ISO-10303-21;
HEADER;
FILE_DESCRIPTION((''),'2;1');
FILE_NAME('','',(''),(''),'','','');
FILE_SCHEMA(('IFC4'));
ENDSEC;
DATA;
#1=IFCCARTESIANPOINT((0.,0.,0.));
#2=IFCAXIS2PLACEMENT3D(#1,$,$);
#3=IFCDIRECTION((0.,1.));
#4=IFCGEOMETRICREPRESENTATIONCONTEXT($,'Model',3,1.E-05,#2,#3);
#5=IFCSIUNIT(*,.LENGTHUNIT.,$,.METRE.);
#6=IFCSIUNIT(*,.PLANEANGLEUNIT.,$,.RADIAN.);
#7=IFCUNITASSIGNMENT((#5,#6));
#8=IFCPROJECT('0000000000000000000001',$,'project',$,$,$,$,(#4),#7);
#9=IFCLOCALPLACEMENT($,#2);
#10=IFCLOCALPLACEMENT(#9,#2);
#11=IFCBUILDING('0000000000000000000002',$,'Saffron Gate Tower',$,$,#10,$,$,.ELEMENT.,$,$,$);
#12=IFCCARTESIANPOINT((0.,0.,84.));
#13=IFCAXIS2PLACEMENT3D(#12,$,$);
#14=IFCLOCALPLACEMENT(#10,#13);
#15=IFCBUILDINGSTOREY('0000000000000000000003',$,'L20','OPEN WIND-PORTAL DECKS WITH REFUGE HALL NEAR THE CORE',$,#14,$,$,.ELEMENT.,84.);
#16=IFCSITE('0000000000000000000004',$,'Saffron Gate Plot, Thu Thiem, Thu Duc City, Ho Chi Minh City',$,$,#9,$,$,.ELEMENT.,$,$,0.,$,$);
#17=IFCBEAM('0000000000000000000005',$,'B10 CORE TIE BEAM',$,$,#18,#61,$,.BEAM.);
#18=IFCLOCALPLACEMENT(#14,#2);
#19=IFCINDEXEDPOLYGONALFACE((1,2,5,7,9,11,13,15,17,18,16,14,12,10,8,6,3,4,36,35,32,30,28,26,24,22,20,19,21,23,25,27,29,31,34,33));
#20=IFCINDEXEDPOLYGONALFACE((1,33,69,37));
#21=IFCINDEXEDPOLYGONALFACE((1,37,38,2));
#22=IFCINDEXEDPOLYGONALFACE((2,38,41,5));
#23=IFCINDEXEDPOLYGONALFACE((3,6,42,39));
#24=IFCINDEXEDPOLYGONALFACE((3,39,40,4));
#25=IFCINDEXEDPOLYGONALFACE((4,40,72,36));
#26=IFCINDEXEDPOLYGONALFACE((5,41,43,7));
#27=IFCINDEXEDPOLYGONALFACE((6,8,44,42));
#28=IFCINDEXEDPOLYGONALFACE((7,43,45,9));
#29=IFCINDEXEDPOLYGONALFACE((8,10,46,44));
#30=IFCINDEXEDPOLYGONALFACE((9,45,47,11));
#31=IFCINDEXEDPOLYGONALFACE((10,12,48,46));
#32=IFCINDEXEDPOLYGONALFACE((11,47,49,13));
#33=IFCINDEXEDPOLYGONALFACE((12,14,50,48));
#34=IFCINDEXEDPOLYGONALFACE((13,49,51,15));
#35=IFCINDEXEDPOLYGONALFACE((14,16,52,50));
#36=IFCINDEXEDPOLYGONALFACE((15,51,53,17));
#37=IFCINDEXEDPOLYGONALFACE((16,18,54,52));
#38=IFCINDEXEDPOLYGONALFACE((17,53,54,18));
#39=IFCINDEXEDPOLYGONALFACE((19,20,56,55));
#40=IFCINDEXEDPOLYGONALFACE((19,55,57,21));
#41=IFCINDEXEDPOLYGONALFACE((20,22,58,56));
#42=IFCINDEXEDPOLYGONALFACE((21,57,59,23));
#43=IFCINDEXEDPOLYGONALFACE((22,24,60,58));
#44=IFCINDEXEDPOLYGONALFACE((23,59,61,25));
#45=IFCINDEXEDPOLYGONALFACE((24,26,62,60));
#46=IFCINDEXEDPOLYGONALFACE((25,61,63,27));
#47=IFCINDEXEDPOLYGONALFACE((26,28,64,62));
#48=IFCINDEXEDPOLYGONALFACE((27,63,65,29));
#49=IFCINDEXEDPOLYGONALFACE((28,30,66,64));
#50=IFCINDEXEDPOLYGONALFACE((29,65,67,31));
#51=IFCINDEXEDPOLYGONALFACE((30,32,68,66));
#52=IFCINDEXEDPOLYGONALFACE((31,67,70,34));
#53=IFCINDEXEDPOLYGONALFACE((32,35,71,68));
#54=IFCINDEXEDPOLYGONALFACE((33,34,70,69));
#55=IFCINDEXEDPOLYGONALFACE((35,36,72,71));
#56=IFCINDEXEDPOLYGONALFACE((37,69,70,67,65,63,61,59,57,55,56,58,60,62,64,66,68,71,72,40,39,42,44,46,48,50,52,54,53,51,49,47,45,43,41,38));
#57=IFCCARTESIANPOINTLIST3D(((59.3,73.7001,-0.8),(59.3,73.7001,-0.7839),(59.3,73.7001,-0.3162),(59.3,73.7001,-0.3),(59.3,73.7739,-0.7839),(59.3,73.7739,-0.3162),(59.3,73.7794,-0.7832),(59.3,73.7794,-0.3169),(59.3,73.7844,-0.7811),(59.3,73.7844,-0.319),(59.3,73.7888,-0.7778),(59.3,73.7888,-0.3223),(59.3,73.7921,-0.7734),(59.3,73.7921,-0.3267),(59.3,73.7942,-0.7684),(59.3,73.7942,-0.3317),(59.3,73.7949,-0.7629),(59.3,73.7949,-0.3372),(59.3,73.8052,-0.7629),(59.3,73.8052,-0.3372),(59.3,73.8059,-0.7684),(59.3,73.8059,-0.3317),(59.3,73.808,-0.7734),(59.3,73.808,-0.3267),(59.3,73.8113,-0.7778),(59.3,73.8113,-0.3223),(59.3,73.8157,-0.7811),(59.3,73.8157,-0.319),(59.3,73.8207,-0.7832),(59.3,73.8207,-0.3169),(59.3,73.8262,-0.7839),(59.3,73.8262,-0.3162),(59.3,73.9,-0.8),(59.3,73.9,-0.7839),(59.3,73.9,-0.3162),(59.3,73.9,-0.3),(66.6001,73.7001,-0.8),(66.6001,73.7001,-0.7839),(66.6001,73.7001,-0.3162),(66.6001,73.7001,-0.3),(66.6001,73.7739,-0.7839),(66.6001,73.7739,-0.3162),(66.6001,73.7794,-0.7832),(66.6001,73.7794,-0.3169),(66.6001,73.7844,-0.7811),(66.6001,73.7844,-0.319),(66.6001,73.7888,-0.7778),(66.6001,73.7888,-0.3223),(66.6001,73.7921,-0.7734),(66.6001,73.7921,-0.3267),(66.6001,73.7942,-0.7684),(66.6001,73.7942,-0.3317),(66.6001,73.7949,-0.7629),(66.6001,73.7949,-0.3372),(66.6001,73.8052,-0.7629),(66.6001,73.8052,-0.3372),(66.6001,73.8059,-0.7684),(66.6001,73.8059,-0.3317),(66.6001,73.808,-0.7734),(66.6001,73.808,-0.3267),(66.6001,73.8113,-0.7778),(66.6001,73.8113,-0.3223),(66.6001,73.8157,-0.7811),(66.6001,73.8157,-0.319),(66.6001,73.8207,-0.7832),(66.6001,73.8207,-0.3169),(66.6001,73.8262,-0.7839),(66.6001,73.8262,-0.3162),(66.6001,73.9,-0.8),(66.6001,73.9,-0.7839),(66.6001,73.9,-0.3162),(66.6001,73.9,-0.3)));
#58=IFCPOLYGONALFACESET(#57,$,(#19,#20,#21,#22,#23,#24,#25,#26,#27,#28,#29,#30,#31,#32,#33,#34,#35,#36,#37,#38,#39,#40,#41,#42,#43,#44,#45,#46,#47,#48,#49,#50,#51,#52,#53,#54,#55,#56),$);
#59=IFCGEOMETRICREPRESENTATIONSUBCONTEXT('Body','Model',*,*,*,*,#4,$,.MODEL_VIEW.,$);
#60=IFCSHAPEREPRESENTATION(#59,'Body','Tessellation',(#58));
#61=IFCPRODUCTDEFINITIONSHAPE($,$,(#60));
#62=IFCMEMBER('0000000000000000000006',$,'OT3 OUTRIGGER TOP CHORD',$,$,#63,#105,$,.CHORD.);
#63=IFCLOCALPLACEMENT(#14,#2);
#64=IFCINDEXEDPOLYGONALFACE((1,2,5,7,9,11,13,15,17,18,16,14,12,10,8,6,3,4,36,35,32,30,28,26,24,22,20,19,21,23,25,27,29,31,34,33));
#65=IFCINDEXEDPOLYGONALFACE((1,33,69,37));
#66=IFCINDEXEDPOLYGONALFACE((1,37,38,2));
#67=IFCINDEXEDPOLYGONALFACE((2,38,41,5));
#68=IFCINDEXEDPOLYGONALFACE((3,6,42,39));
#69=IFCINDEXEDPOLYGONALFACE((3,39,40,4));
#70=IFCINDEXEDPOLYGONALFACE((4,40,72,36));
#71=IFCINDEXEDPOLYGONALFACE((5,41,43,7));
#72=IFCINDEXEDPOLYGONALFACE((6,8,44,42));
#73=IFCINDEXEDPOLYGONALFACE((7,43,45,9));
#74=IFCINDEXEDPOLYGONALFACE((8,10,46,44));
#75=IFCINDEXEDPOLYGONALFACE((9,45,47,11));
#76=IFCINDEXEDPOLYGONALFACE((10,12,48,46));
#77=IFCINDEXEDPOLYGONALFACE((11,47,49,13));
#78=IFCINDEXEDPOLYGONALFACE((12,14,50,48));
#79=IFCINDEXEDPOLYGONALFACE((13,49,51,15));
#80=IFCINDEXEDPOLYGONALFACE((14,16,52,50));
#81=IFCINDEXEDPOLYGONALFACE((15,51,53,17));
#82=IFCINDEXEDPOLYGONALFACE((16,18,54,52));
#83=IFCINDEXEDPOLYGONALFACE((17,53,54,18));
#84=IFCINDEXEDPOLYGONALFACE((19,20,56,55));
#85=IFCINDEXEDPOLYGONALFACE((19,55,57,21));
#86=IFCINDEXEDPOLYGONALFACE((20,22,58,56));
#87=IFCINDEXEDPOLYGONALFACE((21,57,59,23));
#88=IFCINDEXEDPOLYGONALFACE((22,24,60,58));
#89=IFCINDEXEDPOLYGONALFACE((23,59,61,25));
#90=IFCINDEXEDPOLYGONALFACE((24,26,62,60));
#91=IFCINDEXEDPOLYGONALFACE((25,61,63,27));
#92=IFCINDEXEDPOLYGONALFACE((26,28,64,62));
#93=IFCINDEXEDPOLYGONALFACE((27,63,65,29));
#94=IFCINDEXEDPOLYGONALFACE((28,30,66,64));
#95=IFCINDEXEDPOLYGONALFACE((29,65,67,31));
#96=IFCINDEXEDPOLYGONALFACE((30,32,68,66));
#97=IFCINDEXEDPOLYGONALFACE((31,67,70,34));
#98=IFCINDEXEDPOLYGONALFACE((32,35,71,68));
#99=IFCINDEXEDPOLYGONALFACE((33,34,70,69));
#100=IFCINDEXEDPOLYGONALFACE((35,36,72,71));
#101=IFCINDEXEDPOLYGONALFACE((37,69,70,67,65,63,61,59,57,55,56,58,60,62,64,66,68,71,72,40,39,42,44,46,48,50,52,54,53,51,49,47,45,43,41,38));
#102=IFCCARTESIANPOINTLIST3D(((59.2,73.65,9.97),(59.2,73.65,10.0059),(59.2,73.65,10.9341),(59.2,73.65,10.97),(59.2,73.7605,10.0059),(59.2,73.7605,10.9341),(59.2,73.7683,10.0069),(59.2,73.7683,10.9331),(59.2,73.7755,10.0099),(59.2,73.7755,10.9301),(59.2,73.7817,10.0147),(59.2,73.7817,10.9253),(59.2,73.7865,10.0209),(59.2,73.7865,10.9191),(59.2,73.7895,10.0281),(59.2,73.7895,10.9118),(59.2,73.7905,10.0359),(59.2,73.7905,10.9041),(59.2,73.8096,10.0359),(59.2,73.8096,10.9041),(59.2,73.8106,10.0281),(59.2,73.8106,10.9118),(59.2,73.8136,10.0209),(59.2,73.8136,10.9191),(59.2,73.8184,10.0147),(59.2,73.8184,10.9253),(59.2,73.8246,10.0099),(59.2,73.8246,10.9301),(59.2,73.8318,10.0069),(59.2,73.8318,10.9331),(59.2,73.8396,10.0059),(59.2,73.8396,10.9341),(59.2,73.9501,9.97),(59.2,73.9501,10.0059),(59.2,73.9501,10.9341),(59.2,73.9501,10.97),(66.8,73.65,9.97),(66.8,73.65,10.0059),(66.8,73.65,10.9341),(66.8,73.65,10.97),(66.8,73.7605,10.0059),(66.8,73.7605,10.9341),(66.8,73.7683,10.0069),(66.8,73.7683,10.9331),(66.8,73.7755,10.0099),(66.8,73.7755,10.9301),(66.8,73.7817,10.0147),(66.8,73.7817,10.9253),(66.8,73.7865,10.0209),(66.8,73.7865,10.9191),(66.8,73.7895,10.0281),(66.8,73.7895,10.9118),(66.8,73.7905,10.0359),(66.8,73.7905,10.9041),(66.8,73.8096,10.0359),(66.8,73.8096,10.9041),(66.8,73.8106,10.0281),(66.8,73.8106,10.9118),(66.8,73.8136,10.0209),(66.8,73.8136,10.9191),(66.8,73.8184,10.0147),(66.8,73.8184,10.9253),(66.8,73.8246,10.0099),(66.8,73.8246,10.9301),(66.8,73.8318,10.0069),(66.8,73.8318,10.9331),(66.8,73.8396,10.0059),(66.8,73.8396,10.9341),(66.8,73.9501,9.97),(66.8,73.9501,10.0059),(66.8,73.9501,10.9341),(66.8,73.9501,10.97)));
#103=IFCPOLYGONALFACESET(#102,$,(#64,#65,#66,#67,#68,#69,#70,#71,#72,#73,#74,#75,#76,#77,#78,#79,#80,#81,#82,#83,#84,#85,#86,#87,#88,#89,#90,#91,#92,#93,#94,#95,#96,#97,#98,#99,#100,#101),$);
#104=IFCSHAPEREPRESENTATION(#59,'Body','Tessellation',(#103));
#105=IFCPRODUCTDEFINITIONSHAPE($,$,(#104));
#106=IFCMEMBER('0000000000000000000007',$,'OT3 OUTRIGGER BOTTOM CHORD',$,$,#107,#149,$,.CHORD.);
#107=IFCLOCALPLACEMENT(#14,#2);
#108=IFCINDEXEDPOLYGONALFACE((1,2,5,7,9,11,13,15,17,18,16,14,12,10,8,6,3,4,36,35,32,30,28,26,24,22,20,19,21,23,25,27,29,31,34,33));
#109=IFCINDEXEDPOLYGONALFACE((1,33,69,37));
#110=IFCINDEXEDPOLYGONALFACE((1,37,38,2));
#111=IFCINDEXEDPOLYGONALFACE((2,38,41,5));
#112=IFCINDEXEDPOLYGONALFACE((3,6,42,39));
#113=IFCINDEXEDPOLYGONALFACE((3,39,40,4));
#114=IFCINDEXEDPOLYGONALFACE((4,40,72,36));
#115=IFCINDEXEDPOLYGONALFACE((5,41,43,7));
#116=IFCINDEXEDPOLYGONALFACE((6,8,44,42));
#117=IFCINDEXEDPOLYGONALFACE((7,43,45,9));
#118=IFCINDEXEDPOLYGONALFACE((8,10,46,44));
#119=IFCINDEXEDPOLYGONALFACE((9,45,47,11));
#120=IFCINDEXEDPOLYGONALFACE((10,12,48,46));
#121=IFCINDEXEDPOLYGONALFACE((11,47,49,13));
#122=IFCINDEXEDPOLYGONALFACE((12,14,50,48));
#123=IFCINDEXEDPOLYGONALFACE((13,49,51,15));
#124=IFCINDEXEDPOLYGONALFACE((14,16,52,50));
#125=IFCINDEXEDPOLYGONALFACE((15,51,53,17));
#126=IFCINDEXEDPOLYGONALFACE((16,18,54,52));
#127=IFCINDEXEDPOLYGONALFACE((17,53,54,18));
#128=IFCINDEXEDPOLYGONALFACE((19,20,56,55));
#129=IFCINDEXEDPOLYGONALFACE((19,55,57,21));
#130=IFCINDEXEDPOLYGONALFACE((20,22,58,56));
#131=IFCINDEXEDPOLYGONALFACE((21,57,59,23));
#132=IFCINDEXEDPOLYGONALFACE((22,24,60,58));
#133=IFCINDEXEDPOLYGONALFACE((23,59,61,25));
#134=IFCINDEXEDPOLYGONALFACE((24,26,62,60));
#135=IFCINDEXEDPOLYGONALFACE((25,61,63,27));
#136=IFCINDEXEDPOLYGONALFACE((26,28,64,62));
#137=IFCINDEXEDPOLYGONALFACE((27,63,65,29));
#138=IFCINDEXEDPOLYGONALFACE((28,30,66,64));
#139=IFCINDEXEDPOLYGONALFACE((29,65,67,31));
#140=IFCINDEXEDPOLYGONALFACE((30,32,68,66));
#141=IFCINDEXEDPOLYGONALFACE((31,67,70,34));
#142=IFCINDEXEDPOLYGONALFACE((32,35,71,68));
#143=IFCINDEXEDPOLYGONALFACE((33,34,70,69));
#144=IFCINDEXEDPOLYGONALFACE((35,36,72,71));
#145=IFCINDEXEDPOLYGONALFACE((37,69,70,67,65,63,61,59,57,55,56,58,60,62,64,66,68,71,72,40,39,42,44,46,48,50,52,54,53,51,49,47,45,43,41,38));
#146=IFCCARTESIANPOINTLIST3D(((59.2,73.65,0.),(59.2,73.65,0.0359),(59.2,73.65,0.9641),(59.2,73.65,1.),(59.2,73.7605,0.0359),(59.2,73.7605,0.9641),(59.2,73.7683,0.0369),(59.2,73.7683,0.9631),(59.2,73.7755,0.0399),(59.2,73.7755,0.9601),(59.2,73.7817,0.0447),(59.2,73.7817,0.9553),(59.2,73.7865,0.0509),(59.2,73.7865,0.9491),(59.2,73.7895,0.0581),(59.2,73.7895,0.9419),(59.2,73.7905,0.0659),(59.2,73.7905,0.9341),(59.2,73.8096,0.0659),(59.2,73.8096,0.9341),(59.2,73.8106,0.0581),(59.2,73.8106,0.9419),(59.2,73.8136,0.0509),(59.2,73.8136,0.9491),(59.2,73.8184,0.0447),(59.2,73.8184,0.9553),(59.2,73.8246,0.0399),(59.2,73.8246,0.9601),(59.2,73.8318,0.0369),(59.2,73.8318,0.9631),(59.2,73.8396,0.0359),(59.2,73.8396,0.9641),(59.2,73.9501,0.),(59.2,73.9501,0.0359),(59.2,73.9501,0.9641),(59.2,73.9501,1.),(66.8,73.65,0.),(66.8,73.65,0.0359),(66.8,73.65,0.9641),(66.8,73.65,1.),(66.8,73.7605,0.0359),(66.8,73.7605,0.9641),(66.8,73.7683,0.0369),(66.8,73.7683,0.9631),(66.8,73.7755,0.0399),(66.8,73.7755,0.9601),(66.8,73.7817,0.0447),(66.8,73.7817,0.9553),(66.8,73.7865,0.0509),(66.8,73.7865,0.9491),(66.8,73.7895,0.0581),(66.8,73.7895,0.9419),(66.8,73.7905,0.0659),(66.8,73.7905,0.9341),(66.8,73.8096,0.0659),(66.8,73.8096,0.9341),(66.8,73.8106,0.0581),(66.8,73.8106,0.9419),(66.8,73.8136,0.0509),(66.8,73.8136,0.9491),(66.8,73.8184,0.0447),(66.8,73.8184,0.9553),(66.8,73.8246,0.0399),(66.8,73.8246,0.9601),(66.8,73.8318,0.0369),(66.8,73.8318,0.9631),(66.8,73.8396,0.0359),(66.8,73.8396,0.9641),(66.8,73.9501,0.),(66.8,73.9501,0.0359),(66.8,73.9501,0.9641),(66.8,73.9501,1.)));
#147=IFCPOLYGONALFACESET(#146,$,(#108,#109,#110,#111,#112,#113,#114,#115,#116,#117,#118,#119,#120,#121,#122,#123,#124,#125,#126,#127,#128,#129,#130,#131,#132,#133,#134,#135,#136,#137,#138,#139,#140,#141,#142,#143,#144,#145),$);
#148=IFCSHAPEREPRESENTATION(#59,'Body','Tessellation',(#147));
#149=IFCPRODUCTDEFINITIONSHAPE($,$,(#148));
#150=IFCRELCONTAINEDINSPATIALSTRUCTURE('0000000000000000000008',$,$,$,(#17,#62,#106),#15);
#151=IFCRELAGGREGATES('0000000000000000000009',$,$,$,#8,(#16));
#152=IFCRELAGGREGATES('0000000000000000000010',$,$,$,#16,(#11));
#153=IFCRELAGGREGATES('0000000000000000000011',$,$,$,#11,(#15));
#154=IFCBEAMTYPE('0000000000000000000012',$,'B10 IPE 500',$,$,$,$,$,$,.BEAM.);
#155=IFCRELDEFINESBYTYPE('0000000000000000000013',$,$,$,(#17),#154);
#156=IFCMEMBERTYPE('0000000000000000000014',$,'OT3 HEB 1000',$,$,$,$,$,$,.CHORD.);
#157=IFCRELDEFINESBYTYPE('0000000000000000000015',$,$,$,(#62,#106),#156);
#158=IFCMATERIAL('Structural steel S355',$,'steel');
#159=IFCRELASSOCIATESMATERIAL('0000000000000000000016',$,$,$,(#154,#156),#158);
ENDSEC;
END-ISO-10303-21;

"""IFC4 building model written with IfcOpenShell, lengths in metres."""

from ifc_helpers import new_model, si_unit, direction, frame, origin, origin_2d, place, context, subcontext, project, spatial, i_section, extrude, material, material_profile, profile_set, type_object, element, save


model = new_model("IFC4")

# Units and contexts
model_context = context("Model", 3, precision=1e-05, world=origin(), true_north=direction((0.0, 1.0)))
body_context = subcontext(model_context, "Body", "Model", "MODEL_VIEW")
ifc_project = project(units=[si_unit("LENGTHUNIT", "METRE"), si_unit("PLANEANGLEUNIT", "RADIAN")], contexts=[model_context])

# Site, building, storey
site_placement = place(None, origin())
site = spatial("IfcSite", under=ifc_project, at=site_placement, Name="Saffron Gate Plot, Thu Thiem, Thu Duc City, Ho Chi Minh City", CompositionType="ELEMENT", RefElevation=0.0)
building_placement = place(site_placement, origin())
building = spatial("IfcBuilding", under=site, at=building_placement, Name="Saffron Gate Tower", CompositionType="ELEMENT")
storey_placement = place(building_placement, frame((0.0, 0.0, 84.0)))
storey = spatial("IfcBuildingStorey", under=building, at=storey_placement, Name="L20", Description="OPEN WIND-PORTAL DECKS WITH REFUGE HALL NEAR THE CORE", CompositionType="ELEMENT", Elevation=84.0)

# Beam
ifc_material_1 = material(Name="Structural steel S355", Category="steel")
ifc_material_profile_1 = material_profile(ifc_material_1, i_section(OverallWidth=0.2, OverallDepth=0.5, WebThickness=0.0103, FlangeThickness=0.0161, FilletRadius=0.021, at=origin_2d()))
ifc_profile_set_1 = profile_set([ifc_material_profile_1], Name="Structural steel S355")
beam_type = type_object("IfcBeamType", Name="B10 IPE 500", PredefinedType="BEAM", material=ifc_profile_set_1)
beam_placement = place(storey_placement, frame((59.3, 73.8, -0.55), z_axis=(1.0, 0.0, 0.0), x_axis=(0.0, 1.0, 0.0)))
element("IfcBeam", 1, at=beam_placement, inside=storey, type_object=beam_type, Name="B10 CORE TIE BEAM", PredefinedType="BEAM", context=body_context, shape_type="SweptSolid", body=[
    extrude(i_section(OverallWidth=0.2, OverallDepth=0.5, WebThickness=0.0103, FlangeThickness=0.0161, FilletRadius=0.021, at=origin_2d()), origin(), (0.0, 0.0, 1.0), 7.3),
])

# Members
ifc_material_profile_2 = material_profile(ifc_material_1, i_section(OverallWidth=0.3, OverallDepth=1.0, WebThickness=0.019, FlangeThickness=0.0359, FilletRadius=0.03, at=origin_2d()))
ifc_profile_set_2 = profile_set([ifc_material_profile_2], Name="Structural steel S355")
member_type_1 = type_object("IfcMemberType", Name="OT3 HEB 1000", PredefinedType="CHORD", material=ifc_profile_set_2)
for number, where, z_axis, x_axis, name in (
    (2, (59.2, 73.8, 10.47), (1.0, 0.0, 0.0), (0.0, 1.0, 0.0), "OT3 OUTRIGGER TOP CHORD"),
    (3, (59.2, 73.8, 0.5), (1.0, 0.0, 0.0), (0.0, 1.0, 0.0), "OT3 OUTRIGGER BOTTOM CHORD"),
):
    element("IfcMember", number, at=place(storey_placement, frame(where, z_axis=z_axis, x_axis=x_axis)), inside=storey, type_object=member_type_1, Name=name, PredefinedType="CHORD", context=body_context, shape_type="SweptSolid", body=[
        extrude(i_section(OverallWidth=0.3, OverallDepth=1.0, WebThickness=0.019, FlangeThickness=0.0359, FilletRadius=0.03, at=origin_2d()), origin(), (0.0, 0.0, 1.0), 7.6001),
    ])

save(model, "model.ifc")
